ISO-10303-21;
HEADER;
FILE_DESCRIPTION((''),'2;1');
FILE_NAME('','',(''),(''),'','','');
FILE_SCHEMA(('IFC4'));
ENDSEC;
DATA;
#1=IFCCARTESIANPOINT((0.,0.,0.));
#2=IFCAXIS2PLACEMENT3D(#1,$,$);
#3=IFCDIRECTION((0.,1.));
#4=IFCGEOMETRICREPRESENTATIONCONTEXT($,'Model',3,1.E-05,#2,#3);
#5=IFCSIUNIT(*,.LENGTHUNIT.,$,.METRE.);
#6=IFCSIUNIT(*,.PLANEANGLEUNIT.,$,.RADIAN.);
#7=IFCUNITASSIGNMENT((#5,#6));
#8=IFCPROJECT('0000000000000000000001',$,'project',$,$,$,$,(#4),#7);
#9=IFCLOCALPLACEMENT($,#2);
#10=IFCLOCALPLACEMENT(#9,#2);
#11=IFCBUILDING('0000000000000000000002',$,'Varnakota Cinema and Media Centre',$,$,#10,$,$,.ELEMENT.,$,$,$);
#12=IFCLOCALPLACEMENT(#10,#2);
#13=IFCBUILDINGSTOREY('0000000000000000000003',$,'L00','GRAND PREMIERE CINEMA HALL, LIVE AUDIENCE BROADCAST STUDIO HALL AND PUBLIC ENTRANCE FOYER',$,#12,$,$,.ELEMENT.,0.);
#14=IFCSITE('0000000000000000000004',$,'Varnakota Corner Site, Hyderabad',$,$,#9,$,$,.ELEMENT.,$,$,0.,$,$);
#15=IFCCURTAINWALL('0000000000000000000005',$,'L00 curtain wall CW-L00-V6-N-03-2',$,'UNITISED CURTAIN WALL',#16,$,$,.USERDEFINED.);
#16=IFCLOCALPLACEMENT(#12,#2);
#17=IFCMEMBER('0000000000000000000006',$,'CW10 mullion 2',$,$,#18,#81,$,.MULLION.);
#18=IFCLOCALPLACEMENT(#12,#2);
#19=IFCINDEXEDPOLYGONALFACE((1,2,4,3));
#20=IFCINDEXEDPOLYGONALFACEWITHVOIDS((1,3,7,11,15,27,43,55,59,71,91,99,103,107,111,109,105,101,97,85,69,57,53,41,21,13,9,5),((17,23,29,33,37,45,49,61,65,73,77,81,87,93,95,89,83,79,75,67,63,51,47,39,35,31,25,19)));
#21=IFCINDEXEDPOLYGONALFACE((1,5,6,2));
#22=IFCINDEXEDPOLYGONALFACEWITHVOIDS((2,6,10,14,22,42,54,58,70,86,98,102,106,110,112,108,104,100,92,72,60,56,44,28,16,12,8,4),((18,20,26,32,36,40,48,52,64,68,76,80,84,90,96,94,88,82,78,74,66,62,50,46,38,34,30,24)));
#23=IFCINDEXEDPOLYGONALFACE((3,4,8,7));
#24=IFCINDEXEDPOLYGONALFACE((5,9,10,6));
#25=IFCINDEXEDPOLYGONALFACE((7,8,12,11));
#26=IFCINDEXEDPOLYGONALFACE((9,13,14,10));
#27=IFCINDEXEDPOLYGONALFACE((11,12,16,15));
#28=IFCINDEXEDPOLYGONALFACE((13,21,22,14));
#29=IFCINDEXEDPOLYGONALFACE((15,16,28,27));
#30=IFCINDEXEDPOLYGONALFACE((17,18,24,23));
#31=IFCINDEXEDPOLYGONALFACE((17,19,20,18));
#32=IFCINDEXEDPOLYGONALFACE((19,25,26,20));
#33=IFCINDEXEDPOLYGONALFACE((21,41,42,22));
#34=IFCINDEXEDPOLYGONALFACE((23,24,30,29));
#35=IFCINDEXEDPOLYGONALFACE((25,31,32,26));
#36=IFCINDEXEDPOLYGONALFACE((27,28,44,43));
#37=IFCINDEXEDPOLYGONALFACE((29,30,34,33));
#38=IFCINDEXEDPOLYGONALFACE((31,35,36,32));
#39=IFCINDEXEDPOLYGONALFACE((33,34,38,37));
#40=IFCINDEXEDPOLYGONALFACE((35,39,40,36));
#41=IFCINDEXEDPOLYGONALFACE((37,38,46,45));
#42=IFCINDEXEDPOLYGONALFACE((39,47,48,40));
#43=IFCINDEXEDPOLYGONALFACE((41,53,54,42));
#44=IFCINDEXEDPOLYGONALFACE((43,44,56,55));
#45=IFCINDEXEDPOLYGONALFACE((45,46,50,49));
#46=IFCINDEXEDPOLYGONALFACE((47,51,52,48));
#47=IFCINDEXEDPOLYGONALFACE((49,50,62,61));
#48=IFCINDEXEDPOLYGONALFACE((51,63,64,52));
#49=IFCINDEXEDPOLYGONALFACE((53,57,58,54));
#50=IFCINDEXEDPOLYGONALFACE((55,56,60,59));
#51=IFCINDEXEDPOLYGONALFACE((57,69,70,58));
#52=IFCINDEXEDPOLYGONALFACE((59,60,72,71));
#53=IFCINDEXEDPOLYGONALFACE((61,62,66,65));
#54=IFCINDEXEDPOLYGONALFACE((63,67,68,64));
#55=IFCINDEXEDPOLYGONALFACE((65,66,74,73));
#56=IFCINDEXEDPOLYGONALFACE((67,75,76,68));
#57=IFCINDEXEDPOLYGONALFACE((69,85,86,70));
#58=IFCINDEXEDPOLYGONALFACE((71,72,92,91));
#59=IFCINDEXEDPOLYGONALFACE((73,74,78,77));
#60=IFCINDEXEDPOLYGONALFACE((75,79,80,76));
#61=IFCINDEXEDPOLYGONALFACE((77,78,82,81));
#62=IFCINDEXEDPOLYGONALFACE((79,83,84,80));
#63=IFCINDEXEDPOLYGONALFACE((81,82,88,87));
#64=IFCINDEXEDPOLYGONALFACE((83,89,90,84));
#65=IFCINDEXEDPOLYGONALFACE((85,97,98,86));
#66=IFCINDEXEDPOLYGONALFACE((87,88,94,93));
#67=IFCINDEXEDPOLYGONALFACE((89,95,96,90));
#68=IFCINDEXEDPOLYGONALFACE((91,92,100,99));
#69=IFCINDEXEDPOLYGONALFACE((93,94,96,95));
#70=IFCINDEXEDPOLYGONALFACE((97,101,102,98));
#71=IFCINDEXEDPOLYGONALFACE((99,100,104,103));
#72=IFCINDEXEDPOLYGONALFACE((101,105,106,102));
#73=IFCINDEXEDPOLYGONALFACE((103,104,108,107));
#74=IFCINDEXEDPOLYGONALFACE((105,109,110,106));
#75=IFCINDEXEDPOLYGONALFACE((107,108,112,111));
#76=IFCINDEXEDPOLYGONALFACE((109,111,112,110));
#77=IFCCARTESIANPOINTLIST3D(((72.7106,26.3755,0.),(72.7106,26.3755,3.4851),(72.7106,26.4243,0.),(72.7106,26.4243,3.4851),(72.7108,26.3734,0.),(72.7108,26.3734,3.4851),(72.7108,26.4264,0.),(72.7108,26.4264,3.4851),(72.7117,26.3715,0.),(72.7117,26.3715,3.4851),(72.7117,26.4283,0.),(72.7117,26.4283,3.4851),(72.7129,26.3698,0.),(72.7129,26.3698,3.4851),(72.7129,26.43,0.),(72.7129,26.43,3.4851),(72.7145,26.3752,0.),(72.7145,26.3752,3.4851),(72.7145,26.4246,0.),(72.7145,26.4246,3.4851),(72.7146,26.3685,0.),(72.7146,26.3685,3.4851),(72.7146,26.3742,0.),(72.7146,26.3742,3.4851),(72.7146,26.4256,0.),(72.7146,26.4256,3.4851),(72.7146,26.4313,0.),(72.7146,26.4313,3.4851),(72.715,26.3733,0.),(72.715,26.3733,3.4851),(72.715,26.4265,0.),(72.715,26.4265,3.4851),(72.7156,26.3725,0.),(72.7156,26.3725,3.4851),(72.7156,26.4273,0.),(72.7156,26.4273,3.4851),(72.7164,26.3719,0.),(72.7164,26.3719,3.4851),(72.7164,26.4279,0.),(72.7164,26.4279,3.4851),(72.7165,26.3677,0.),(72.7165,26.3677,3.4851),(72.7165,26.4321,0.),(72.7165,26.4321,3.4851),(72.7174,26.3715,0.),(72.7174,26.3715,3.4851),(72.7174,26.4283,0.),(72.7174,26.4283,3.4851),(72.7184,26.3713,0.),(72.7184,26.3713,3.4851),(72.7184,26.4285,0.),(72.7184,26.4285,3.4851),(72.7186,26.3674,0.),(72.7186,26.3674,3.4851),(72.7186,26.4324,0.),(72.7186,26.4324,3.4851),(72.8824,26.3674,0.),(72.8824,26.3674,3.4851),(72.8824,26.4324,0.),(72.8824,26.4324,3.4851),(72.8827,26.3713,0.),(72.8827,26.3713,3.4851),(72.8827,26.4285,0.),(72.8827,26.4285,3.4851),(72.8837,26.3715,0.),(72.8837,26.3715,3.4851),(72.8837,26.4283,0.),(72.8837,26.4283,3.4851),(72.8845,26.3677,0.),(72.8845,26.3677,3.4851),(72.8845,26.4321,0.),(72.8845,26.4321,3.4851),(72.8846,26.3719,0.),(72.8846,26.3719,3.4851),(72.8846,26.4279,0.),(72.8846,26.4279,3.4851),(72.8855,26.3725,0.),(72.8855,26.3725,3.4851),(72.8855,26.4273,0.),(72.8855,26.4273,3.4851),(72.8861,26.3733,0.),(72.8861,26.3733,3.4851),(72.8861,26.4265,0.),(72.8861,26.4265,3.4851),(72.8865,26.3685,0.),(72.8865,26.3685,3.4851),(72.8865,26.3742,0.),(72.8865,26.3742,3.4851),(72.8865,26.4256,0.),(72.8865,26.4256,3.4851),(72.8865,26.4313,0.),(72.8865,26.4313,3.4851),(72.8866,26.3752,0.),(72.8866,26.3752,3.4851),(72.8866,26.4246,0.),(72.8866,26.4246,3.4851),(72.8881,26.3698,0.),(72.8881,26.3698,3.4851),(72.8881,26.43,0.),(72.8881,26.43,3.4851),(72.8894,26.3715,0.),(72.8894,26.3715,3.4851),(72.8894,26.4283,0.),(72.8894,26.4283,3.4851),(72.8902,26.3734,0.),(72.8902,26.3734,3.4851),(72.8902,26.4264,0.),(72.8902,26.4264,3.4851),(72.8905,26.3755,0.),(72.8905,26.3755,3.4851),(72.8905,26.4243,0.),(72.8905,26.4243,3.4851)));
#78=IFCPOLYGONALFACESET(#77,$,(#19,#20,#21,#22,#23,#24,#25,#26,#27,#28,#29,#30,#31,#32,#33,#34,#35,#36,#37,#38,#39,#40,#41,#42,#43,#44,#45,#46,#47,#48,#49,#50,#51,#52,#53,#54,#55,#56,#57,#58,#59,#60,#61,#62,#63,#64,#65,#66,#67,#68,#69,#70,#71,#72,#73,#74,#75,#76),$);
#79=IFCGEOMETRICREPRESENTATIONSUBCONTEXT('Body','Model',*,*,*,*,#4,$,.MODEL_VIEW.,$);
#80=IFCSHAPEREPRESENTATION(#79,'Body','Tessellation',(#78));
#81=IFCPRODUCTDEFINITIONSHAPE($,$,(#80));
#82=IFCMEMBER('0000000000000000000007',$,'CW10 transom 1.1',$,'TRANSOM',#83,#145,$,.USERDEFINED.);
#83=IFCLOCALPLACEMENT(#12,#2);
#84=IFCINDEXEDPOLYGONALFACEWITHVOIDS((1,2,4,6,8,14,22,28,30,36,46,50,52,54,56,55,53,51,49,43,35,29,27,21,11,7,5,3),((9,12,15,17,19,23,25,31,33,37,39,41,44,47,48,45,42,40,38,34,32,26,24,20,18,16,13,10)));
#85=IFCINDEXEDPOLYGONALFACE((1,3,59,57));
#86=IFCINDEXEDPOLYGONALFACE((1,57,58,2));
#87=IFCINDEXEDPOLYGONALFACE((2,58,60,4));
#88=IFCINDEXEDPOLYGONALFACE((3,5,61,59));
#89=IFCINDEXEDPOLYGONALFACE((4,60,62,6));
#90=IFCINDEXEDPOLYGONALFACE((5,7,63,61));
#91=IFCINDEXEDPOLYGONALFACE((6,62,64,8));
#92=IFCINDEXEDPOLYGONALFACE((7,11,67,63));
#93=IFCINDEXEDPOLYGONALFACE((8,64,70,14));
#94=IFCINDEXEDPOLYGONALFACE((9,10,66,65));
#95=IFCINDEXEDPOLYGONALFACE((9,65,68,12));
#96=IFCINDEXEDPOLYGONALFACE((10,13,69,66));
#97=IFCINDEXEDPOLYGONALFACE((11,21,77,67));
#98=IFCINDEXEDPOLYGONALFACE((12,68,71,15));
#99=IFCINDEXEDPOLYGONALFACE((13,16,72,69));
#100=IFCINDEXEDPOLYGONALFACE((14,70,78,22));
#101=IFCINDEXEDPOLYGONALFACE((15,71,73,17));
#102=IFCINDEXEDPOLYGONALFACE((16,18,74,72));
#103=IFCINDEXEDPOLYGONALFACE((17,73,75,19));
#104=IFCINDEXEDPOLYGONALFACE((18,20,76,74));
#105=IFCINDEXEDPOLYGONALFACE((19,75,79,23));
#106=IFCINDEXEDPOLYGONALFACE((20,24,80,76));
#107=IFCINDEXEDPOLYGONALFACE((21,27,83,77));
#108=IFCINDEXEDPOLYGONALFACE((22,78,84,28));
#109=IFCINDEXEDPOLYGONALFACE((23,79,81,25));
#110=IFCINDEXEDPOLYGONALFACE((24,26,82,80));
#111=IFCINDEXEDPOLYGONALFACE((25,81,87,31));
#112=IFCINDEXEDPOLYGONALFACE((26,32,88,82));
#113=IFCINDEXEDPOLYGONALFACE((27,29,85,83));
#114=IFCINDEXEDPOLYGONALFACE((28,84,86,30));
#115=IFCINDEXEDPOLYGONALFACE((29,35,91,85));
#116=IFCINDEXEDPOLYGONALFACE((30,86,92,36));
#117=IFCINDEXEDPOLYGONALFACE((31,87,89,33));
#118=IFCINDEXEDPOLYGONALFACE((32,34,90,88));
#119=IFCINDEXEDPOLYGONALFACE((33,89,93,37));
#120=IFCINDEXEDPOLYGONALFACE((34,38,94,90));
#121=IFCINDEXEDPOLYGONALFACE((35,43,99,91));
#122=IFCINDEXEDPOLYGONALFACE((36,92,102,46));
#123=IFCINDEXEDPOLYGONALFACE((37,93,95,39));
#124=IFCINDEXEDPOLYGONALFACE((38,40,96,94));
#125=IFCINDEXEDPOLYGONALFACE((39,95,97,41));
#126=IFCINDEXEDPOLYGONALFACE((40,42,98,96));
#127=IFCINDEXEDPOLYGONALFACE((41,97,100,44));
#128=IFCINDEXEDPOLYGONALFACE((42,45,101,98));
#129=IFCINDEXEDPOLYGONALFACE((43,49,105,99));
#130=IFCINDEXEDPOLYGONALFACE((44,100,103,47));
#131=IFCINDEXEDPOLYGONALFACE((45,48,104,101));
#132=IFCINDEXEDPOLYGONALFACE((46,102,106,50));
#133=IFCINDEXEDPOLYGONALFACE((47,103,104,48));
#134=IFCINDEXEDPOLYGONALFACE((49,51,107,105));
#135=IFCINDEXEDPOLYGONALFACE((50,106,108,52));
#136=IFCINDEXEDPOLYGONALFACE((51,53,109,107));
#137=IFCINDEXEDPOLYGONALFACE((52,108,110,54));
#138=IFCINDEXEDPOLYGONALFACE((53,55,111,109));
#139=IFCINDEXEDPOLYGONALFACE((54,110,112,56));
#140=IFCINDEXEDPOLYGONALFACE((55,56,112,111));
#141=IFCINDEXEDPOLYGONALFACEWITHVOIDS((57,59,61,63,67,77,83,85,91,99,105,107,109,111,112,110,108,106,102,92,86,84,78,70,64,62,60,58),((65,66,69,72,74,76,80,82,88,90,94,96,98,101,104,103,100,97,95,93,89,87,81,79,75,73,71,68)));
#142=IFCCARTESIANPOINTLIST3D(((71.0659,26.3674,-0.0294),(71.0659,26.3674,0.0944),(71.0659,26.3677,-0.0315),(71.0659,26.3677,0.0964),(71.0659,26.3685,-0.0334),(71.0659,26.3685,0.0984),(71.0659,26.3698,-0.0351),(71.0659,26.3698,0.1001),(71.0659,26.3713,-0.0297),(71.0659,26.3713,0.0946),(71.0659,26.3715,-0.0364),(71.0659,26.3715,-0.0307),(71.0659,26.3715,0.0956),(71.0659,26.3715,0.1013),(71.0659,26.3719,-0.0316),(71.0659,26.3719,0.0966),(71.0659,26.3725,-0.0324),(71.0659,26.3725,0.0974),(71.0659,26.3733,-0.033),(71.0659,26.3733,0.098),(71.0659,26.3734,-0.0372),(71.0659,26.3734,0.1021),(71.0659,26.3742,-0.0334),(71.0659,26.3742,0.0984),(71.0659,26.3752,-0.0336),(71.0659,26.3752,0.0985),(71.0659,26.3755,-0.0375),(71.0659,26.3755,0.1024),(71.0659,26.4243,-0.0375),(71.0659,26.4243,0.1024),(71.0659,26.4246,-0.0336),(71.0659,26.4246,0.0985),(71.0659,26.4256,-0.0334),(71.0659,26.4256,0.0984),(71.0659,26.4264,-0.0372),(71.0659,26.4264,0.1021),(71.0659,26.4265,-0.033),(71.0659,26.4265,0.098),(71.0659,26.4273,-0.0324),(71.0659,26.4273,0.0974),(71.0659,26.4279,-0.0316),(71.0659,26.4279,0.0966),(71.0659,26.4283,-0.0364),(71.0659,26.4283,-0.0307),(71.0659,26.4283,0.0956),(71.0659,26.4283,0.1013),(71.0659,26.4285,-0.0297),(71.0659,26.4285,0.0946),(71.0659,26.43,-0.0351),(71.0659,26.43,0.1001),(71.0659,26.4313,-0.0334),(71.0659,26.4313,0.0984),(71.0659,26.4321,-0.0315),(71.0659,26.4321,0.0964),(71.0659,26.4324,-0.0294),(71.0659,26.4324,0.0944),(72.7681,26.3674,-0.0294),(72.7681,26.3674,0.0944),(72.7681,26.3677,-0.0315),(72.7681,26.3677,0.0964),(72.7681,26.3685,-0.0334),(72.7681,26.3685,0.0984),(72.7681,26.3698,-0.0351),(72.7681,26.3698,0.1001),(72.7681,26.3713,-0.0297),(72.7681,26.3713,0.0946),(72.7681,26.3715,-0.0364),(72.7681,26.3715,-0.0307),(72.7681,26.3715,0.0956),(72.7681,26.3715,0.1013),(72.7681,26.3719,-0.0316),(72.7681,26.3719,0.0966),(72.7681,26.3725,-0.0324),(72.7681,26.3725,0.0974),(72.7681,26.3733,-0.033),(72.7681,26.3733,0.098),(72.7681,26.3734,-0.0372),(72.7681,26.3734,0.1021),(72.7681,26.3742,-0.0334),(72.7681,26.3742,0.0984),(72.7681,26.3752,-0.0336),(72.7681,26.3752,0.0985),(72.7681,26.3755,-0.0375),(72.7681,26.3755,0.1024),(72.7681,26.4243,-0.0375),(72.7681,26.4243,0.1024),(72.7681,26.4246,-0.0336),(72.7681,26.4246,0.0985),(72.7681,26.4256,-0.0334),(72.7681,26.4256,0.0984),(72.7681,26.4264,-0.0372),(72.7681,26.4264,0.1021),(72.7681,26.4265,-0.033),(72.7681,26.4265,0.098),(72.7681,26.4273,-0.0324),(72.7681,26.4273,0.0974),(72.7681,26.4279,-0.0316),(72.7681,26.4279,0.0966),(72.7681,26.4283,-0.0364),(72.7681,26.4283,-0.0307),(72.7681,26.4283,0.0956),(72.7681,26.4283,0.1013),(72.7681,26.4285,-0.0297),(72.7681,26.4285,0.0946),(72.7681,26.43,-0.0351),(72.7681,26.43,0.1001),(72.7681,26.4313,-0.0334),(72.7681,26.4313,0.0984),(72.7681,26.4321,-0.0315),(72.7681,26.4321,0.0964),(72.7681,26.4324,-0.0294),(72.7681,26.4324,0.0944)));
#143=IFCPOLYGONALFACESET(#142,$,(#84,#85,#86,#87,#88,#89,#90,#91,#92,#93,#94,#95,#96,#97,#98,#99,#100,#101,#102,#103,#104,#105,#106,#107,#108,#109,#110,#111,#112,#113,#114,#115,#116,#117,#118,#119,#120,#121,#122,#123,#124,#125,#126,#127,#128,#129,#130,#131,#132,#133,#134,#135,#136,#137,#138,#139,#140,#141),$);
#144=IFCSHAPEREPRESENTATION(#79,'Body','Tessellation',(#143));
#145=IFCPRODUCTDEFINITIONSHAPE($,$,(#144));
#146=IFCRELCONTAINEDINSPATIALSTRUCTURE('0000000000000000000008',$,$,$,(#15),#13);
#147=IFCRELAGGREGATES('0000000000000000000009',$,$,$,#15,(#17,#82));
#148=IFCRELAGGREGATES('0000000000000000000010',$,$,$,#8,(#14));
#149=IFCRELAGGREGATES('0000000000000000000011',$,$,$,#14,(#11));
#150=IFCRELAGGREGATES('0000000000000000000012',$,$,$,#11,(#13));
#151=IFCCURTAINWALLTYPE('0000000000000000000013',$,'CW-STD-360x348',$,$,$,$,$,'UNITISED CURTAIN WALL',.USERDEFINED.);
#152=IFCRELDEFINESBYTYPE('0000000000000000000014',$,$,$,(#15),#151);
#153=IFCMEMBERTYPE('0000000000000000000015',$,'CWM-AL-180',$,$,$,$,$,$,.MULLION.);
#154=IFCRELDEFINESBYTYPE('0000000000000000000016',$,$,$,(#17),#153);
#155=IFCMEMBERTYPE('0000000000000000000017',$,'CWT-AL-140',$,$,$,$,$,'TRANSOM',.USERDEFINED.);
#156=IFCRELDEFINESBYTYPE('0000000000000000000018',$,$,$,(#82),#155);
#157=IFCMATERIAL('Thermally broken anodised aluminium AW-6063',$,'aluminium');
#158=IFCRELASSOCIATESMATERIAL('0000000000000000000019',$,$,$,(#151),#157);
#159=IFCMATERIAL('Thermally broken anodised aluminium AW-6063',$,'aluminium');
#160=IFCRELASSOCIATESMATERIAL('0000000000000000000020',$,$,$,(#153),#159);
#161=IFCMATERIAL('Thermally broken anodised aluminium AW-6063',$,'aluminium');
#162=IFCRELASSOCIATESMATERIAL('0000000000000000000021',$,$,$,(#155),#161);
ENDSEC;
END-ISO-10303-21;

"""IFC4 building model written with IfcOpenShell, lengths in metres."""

from ifc_helpers import new_model, si_unit, direction, frame, origin, origin_2d, place, context, subcontext, project, spatial, hollow_rectangle, extrude, material, material_profile, profile_set, type_object, element, aggregate, save


model = new_model("IFC4")

# Units and contexts
model_context = context("Model", 3, precision=1e-05, world=origin(), true_north=direction((0.0, 1.0)))
body_context = subcontext(model_context, "Body", "Model", "MODEL_VIEW")
ifc_project = project(units=[si_unit("LENGTHUNIT", "METRE"), si_unit("PLANEANGLEUNIT", "RADIAN")], contexts=[model_context])

# Site, building, storey
site_placement = place(None, origin())
site = spatial("IfcSite", under=ifc_project, at=site_placement, Name="Varnakota Corner Site, Hyderabad", CompositionType="ELEMENT", RefElevation=0.0)
building_placement = place(site_placement, origin())
building = spatial("IfcBuilding", under=site, at=building_placement, Name="Varnakota Cinema and Media Centre", CompositionType="ELEMENT")
storey_placement = place(building_placement, origin())
storey = spatial("IfcBuildingStorey", under=building, at=storey_placement, Name="L00", Description="GRAND PREMIERE CINEMA HALL, LIVE AUDIENCE BROADCAST STUDIO HALL AND PUBLIC ENTRANCE FOYER", CompositionType="ELEMENT", Elevation=0.0)

# Curtain wall, members
ifc_material_1 = material(Name="Thermally broken anodised aluminium AW-6063", Category="aluminium")
curtain_wall_type_1 = type_object("IfcCurtainWallType", Name="CW-STD-360x348", ElementType="UNITISED CURTAIN WALL", PredefinedType="USERDEFINED", material=ifc_material_1)
curtain_wall_1_placement = place(storey_placement, origin())
curtain_wall_1 = element("IfcCurtainWall", 1, at=curtain_wall_1_placement, inside=storey, type_object=curtain_wall_type_1, Name="L00 curtain wall CW-L00-V6-N-03-2", ObjectType="UNITISED CURTAIN WALL", PredefinedType="USERDEFINED")
ifc_material_2 = material(Name="Thermally broken anodised aluminium AW-6063", Category="aluminium")
ifc_material_profile_1 = material_profile(ifc_material_2, hollow_rectangle(XDim=0.0649, YDim=0.1799, WallThickness=0.0039, InnerFilletRadius=0.0039, OuterFilletRadius=0.0081, at=origin_2d()), Name="AL-MULLION 180x65x4")
ifc_profile_set_1 = profile_set([ifc_material_profile_1], Name="Thermally broken anodised aluminium AW-6063")
member_type_1 = type_object("IfcMemberType", Name="CWM-AL-180", PredefinedType="MULLION", material=ifc_profile_set_1)
member_1_placement = place(storey_placement, frame((72.8005, 26.3999, 0.0), z_axis=(0.0, 0.0, 1.0), x_axis=(0.0, 1.0, 0.0)))
member_1 = element("IfcMember", 2, at=member_1_placement, type_object=member_type_1, Name="CW10 mullion 2", PredefinedType="MULLION", context=body_context, shape_type="SweptSolid", body=[
    extrude(hollow_rectangle(XDim=0.0649, YDim=0.1799, WallThickness=0.0039, InnerFilletRadius=0.0039, OuterFilletRadius=0.0081, at=origin_2d()), origin(), (0.0, 0.0, 1.0), 3.4851),
])
ifc_material_3 = material(Name="Thermally broken anodised aluminium AW-6063", Category="aluminium")
ifc_material_profile_2 = material_profile(ifc_material_3, hollow_rectangle(XDim=0.0649, YDim=0.1399, WallThickness=0.0039, InnerFilletRadius=0.0039, OuterFilletRadius=0.0081, at=origin_2d()), Name="AL-TRANSOM 140x65x4")
ifc_profile_set_2 = profile_set([ifc_material_profile_2], Name="Thermally broken anodised aluminium AW-6063")
member_type_2 = type_object("IfcMemberType", Name="CWT-AL-140", ElementType="TRANSOM", PredefinedType="USERDEFINED", material=ifc_profile_set_2)
member_2_placement = place(storey_placement, frame((71.0659, 26.3999, 0.0325), z_axis=(1.0, 0.0, 0.0), x_axis=(0.0, 1.0, 0.0)))
member_2 = element("IfcMember", 3, at=member_2_placement, type_object=member_type_2, Name="CW10 transom 1.1", ObjectType="TRANSOM", PredefinedType="USERDEFINED", context=body_context, shape_type="SweptSolid", body=[
    extrude(hollow_rectangle(XDim=0.0649, YDim=0.1399, WallThickness=0.0039, InnerFilletRadius=0.0039, OuterFilletRadius=0.0081, at=origin_2d()), origin(), (0.0, 0.0, 1.0), 1.7021),
])

aggregate(curtain_wall_1, [member_1, member_2])

save(model, "model.ifc")
